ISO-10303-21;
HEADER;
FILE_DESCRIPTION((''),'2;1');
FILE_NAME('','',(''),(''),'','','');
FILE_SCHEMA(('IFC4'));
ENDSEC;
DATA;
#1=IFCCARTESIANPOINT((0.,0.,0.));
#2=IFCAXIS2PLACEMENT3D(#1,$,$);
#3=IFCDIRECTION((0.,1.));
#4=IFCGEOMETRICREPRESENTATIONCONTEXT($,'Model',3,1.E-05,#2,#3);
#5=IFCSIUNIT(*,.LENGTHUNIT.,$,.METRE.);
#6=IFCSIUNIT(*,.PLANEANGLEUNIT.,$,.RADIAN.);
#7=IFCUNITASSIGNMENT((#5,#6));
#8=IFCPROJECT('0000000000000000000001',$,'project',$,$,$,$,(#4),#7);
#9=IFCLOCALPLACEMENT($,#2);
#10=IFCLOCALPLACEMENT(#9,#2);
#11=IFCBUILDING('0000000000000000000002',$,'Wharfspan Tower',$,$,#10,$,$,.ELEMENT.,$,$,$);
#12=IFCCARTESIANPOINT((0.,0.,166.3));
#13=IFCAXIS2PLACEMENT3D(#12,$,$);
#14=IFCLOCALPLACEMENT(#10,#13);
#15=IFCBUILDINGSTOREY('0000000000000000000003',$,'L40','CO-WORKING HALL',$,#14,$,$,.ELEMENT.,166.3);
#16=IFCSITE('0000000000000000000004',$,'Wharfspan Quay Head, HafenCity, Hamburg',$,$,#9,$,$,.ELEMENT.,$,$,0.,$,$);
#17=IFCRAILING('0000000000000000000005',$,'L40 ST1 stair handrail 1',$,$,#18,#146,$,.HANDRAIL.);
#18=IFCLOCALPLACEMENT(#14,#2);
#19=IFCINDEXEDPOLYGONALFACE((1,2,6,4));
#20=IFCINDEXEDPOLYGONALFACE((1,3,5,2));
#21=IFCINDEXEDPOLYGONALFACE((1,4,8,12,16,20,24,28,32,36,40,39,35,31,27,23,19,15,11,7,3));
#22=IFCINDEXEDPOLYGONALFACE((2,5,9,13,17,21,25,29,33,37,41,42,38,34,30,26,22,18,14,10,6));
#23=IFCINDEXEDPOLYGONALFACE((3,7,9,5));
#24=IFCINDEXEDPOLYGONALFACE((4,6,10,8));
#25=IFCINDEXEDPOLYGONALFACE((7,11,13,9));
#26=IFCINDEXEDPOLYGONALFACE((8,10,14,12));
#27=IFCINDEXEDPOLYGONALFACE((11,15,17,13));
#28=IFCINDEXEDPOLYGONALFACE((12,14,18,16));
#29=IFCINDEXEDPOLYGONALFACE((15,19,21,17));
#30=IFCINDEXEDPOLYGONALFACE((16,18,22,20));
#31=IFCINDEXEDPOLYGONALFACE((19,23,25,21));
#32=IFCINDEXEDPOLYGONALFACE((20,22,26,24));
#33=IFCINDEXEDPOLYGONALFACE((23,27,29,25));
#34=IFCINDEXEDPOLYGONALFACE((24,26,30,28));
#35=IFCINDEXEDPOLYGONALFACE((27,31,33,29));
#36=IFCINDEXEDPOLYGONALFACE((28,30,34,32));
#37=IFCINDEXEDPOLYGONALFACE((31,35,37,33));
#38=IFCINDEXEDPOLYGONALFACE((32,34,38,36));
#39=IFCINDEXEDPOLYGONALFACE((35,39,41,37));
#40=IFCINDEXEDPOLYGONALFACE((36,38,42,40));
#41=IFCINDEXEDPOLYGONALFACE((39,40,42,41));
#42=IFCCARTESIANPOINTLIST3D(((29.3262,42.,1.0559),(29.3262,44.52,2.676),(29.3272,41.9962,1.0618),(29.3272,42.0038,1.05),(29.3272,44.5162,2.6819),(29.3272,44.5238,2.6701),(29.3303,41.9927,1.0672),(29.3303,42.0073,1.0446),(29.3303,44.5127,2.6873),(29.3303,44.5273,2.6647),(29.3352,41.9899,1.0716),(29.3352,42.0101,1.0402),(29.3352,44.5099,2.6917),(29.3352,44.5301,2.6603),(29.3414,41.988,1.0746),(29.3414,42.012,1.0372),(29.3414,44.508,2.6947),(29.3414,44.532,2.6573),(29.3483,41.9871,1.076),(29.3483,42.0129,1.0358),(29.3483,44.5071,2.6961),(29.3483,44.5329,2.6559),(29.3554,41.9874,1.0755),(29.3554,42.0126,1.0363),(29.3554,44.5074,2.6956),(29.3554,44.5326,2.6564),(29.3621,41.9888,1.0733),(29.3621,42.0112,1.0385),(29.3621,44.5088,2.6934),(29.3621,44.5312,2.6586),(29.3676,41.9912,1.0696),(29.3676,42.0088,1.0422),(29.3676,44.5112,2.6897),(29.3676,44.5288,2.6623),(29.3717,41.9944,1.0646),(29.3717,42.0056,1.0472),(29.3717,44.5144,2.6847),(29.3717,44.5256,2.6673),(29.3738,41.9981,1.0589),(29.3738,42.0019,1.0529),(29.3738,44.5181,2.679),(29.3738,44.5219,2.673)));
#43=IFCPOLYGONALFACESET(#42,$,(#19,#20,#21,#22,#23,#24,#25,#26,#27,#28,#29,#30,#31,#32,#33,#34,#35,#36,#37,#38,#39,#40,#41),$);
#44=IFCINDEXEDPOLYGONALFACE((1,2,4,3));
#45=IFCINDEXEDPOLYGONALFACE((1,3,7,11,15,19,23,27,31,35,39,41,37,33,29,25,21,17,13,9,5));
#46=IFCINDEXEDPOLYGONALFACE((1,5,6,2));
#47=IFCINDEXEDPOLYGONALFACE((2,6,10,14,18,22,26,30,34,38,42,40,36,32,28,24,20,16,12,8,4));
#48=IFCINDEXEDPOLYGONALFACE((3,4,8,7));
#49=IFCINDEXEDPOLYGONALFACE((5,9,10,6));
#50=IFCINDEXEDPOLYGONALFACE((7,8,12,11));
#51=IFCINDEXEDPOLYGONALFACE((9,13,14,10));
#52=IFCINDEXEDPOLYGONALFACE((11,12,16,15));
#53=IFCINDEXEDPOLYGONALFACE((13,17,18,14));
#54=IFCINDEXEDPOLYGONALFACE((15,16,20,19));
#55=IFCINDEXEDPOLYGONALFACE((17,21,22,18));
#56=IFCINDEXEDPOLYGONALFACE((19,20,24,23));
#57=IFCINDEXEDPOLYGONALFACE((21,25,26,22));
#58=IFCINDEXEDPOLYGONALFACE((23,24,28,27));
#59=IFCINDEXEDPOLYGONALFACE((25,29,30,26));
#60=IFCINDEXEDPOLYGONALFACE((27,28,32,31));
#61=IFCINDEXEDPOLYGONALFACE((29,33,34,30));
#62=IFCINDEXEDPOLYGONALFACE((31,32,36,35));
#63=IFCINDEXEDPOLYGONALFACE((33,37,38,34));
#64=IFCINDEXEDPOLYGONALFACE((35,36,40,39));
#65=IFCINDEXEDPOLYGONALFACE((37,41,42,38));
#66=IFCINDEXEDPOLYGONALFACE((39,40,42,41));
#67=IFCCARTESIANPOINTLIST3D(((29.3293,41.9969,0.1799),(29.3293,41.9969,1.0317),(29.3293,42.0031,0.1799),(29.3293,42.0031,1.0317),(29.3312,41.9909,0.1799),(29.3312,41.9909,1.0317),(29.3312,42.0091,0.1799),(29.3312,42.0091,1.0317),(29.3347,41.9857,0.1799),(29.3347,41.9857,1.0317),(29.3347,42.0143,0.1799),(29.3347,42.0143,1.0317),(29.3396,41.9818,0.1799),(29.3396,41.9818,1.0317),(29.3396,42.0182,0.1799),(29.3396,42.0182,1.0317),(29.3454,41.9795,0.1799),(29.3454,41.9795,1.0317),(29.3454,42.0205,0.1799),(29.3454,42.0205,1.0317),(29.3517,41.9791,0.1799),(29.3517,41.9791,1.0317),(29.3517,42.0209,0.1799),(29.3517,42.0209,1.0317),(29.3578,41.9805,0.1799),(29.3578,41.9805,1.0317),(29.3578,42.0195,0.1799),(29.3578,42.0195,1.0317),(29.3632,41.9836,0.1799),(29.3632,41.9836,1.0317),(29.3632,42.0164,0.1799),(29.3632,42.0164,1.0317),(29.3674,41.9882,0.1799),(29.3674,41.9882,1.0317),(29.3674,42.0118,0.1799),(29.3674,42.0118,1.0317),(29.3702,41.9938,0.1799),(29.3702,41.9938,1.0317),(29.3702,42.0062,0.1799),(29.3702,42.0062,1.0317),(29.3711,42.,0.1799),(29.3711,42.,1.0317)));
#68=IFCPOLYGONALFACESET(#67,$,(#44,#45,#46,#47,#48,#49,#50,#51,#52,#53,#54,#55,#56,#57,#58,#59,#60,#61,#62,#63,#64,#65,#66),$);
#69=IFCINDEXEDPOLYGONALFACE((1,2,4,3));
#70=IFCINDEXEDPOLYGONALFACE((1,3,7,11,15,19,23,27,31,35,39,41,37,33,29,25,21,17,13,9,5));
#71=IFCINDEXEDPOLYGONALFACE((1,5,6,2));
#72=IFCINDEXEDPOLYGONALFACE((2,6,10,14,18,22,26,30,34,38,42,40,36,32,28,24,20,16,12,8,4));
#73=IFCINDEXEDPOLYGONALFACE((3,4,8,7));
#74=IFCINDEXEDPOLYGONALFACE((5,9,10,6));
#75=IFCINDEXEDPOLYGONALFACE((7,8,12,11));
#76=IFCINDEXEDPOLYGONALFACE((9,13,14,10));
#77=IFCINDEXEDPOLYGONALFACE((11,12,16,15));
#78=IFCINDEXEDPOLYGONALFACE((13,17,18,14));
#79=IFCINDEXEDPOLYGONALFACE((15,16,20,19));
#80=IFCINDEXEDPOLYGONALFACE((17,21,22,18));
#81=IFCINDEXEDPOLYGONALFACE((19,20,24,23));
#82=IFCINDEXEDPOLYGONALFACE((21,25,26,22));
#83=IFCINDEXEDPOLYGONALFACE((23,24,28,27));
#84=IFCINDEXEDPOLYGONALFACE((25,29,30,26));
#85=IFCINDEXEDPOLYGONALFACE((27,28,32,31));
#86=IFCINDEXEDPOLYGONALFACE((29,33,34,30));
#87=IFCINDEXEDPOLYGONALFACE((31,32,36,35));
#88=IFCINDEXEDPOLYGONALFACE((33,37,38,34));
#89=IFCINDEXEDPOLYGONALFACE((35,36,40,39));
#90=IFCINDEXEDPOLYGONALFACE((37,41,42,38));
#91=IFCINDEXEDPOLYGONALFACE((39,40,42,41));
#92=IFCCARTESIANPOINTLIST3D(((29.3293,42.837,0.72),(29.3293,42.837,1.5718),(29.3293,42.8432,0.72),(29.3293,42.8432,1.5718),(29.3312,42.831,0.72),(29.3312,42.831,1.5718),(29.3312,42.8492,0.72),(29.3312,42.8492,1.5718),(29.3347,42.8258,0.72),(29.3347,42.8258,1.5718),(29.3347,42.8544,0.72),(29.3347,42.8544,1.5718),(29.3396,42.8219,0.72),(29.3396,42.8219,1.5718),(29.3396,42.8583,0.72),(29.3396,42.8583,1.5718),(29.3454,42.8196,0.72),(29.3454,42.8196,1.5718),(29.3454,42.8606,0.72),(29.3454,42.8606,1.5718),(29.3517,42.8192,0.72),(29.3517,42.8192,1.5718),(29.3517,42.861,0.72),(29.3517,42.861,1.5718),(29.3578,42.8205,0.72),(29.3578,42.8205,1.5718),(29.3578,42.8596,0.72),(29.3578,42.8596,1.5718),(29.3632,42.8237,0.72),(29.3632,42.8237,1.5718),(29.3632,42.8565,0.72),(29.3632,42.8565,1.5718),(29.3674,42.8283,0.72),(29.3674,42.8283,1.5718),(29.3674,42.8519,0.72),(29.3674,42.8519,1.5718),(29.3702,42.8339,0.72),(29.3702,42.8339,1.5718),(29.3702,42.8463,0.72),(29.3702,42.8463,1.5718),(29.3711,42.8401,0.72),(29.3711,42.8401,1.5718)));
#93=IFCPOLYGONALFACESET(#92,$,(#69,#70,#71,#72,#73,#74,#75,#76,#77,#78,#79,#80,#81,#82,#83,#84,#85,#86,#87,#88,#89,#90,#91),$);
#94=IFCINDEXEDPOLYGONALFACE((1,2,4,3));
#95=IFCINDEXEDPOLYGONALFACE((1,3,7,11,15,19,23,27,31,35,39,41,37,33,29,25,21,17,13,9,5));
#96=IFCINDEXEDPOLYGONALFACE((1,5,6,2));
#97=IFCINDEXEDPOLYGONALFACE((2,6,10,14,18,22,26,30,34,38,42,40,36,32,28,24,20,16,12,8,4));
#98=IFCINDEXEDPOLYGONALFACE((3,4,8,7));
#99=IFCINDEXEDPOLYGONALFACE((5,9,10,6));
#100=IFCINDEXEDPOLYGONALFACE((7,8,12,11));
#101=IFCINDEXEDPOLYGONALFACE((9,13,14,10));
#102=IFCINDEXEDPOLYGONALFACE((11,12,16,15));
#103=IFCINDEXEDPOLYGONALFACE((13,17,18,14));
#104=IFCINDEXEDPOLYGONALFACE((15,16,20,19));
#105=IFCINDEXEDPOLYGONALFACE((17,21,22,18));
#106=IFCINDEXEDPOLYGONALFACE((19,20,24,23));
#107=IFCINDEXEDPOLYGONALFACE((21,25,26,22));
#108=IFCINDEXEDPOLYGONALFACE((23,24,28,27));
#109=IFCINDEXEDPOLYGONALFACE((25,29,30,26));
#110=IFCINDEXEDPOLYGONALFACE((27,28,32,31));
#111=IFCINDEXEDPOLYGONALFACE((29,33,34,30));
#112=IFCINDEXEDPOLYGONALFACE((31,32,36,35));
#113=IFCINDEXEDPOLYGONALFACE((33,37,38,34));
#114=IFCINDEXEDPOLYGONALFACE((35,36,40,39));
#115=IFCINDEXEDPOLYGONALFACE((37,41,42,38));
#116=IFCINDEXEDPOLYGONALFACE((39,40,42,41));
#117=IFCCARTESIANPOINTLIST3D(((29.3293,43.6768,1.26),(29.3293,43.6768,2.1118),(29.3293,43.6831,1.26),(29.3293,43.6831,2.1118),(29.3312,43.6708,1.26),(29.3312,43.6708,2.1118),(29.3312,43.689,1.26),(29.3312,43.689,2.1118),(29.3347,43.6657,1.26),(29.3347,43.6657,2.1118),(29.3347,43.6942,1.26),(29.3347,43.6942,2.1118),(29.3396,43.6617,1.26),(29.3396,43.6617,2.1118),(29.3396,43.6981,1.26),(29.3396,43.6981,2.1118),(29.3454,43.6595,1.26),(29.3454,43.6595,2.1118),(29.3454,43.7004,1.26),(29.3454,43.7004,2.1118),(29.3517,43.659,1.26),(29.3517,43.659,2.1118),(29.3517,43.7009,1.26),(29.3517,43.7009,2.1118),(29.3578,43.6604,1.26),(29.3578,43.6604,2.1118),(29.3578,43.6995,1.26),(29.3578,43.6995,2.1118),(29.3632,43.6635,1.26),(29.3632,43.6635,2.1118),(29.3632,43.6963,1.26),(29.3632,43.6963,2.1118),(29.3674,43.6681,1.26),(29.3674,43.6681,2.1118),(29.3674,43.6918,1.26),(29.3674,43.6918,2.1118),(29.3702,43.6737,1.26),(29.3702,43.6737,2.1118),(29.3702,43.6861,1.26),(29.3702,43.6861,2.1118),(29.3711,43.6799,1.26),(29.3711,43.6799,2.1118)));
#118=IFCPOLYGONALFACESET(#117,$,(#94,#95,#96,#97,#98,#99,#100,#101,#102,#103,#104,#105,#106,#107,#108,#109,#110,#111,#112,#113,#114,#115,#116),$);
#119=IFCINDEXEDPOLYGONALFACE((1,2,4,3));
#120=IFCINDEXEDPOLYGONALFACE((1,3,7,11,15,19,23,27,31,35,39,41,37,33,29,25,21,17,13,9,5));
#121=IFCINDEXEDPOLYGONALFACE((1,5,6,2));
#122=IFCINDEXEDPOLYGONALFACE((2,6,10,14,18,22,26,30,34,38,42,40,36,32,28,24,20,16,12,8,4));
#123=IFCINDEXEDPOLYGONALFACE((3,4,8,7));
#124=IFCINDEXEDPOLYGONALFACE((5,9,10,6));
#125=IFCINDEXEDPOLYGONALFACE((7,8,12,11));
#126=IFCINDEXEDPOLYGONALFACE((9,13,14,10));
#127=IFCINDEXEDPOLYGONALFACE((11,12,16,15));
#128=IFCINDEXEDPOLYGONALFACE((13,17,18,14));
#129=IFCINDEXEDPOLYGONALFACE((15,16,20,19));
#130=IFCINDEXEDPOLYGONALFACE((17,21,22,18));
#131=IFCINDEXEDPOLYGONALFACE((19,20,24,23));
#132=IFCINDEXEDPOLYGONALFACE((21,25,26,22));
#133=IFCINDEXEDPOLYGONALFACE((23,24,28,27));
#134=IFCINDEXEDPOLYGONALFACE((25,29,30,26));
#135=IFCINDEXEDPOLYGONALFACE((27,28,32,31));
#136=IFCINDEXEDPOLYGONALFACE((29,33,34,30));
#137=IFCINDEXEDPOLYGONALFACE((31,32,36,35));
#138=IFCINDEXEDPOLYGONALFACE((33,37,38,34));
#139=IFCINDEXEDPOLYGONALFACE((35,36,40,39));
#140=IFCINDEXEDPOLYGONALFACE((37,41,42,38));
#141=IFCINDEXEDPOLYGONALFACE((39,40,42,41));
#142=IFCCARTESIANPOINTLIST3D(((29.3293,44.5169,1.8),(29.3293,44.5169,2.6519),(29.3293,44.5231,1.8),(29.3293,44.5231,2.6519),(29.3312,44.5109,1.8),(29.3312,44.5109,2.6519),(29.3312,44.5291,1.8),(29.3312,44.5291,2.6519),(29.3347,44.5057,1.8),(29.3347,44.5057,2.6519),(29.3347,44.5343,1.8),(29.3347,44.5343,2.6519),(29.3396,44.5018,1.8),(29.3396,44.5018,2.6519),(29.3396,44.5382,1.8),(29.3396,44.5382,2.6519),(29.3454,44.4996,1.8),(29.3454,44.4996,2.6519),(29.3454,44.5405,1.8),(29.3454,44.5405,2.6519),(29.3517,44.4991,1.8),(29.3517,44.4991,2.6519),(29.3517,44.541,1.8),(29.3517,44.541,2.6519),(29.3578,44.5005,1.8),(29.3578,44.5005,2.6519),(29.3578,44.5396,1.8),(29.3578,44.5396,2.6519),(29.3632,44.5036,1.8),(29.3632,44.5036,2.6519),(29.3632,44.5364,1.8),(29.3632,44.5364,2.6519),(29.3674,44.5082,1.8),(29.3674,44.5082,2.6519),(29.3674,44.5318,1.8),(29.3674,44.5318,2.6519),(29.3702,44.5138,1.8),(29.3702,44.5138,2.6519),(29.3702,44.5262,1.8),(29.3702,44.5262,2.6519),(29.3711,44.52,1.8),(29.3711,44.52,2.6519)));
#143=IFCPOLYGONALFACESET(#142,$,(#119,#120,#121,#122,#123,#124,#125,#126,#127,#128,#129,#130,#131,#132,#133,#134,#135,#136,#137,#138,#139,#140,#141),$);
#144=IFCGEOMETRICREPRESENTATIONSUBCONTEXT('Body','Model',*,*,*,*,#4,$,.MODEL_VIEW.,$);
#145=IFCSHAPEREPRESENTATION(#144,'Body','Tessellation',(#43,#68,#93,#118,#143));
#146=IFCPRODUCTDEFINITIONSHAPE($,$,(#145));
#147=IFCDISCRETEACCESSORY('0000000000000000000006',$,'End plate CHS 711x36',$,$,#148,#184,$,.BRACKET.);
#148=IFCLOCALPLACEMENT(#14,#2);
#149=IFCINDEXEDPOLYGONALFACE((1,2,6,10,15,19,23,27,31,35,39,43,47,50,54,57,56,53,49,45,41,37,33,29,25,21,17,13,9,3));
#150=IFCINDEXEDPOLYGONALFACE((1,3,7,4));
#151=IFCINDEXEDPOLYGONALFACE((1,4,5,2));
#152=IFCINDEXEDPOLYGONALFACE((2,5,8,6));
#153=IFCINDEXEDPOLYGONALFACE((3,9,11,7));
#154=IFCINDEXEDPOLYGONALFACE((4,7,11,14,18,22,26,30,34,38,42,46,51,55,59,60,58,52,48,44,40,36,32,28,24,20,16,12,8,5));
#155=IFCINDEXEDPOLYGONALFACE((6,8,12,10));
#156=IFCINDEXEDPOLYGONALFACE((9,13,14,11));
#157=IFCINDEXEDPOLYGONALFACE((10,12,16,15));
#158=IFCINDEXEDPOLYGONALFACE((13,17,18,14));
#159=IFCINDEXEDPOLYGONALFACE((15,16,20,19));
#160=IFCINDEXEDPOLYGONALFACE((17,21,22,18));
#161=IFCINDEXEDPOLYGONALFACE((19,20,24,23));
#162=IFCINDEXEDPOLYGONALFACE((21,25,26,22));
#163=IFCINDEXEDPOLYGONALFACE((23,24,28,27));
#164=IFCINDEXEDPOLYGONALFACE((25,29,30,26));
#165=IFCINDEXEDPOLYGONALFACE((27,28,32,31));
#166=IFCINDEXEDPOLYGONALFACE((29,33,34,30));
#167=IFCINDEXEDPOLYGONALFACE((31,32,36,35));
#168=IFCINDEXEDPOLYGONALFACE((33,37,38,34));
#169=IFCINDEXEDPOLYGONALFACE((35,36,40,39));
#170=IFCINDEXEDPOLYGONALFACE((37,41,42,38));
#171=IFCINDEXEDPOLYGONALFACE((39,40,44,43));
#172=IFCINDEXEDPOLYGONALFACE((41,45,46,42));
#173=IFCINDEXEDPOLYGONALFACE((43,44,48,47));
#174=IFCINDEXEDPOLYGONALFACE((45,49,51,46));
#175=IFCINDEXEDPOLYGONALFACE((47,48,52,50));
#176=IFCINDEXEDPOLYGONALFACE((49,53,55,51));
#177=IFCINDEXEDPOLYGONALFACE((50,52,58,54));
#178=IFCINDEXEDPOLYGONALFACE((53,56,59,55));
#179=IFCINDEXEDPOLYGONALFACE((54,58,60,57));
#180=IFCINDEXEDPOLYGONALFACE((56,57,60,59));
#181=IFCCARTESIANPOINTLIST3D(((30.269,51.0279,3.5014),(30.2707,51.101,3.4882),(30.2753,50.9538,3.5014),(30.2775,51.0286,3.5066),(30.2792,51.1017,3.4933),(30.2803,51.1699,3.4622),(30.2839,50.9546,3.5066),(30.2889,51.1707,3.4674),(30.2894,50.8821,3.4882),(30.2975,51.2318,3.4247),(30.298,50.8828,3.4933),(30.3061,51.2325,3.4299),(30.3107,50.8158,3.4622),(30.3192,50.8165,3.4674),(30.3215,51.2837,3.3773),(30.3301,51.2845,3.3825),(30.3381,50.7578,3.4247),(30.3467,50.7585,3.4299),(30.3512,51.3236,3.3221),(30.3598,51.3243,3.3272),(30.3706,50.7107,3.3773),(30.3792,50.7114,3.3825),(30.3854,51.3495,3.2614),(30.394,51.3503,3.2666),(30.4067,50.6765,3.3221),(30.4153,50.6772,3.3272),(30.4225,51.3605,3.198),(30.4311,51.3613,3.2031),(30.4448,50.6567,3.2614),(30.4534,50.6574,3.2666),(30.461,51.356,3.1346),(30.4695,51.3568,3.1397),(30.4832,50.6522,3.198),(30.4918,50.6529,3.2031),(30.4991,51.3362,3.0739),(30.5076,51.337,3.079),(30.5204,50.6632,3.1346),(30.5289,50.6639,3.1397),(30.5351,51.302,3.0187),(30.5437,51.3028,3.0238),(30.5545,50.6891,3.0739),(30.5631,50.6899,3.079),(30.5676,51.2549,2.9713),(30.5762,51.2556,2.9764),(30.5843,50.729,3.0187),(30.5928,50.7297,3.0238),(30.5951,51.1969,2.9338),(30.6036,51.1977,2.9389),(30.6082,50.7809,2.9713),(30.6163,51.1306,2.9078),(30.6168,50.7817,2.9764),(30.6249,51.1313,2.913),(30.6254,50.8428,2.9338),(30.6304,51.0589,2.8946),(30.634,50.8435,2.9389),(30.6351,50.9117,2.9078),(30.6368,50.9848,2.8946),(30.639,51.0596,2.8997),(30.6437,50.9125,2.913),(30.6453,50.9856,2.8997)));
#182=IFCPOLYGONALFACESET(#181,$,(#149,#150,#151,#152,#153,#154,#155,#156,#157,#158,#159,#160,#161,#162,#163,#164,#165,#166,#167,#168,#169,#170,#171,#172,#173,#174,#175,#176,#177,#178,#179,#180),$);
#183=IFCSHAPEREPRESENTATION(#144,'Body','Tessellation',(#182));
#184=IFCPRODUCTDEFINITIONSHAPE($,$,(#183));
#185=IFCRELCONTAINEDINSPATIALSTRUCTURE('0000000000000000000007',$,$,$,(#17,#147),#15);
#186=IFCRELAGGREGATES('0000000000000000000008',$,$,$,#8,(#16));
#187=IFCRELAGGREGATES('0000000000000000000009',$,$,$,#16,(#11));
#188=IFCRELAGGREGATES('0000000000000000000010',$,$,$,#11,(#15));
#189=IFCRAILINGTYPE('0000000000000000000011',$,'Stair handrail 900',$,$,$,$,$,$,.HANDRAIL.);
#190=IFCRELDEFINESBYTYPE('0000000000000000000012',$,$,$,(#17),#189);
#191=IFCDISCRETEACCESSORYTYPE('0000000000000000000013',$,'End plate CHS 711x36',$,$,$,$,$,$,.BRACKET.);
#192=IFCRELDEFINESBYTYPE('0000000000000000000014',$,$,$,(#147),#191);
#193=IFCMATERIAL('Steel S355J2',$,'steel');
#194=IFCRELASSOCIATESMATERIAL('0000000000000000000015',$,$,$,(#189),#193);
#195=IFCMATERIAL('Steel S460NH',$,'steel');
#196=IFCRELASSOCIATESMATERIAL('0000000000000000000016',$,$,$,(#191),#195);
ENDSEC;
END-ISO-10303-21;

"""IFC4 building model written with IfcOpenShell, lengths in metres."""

from ifc_helpers import new_model, si_unit, direction, frame, origin, origin_2d, place, context, subcontext, project, spatial, circle, extrude, material, material_profile, profile_set, type_object, element, save


model = new_model("IFC4")

# Units and contexts
model_context = context("Model", 3, precision=1e-05, world=origin(), true_north=direction((0.0, 1.0)))
body_context = subcontext(model_context, "Body", "Model", "MODEL_VIEW")
ifc_project = project(units=[si_unit("LENGTHUNIT", "METRE"), si_unit("PLANEANGLEUNIT", "RADIAN")], contexts=[model_context])

# Site, building, storey
site_placement = place(None, origin())
site = spatial("IfcSite", under=ifc_project, at=site_placement, Name="Wharfspan Quay Head, HafenCity, Hamburg", CompositionType="ELEMENT", RefElevation=0.0)
building_placement = place(site_placement, origin())
building = spatial("IfcBuilding", under=site, at=building_placement, Name="Wharfspan Tower", CompositionType="ELEMENT")
storey_placement = place(building_placement, frame((0.0, 0.0, 166.3)))
storey = spatial("IfcBuildingStorey", under=building, at=storey_placement, Name="L40", Description="CO-WORKING HALL", CompositionType="ELEMENT", Elevation=166.3)

# Shared definitions
ifc_material_1 = material(Name="Steel S355J2", Category="steel")

# Shared definitions
ifc_material_2 = material(Name="Steel S460NH", Category="steel")

# Railing
railing_type_1 = type_object("IfcRailingType", Name="Stair handrail 900", PredefinedType="HANDRAIL", material=ifc_material_1)
railing_1_placement = place(storey_placement, frame((29.3501, 42.0, 0.1799)))
element("IfcRailing", 1, at=railing_1_placement, inside=storey, type_object=railing_type_1, Name="L40 ST1 stair handrail 1", PredefinedType="HANDRAIL", context=body_context, shape_type="SweptSolid", body=[
    extrude(circle(Radius=0.0239, at=origin_2d()), frame((0.0, 0.0, 0.876), z_axis=(0.0, 0.841163, 0.540782), x_axis=(-1.0, 0.0, 0.0)), (0.0, 0.0, 1.0), 2.9958),
    extrude(circle(Radius=0.021, at=origin_2d()), origin(), (0.0, 0.0, 1.0), 0.8518),
    extrude(circle(Radius=0.021, at=origin_2d()), frame((0.0, 0.8401, 0.54)), (0.0, 0.0, 1.0), 0.8518),
    extrude(circle(Radius=0.021, at=origin_2d()), frame((0.0, 1.6799, 1.0801)), (0.0, 0.0, 1.0), 0.8518),
    extrude(circle(Radius=0.021, at=origin_2d()), frame((0.0, 2.52, 1.6201)), (0.0, 0.0, 1.0), 0.8518),
])

# Discrete accessory
ifc_material_profile_1 = material_profile(ifc_material_2, circle(Radius=0.3555, at=origin_2d()))
ifc_profile_set_1 = profile_set([ifc_material_profile_1], Name="Steel S460NH")
discrete_accessory_type = type_object("IfcDiscreteAccessoryType", Name="End plate CHS 711x36", PredefinedType="BRACKET", material=ifc_profile_set_1)
for number, where, z_axis, x_axis, name in (
    (2, (30.4529, 51.0063, 3.198), (0.855186, 0.073302, 0.513112), (-0.085402, 0.996345, 0.000001), "End plate CHS 711x36"),
):
    element("IfcDiscreteAccessory", number, at=place(storey_placement, frame(where, z_axis=z_axis, x_axis=x_axis)), inside=storey, type_object=discrete_accessory_type, Name=name, PredefinedType="BRACKET", context=body_context, shape_type="SweptSolid", body=[
        extrude(circle(Radius=0.3555, at=origin_2d()), origin(), (0.0, 0.0, 1.0), 0.01),
    ])

save(model, "model.ifc")
